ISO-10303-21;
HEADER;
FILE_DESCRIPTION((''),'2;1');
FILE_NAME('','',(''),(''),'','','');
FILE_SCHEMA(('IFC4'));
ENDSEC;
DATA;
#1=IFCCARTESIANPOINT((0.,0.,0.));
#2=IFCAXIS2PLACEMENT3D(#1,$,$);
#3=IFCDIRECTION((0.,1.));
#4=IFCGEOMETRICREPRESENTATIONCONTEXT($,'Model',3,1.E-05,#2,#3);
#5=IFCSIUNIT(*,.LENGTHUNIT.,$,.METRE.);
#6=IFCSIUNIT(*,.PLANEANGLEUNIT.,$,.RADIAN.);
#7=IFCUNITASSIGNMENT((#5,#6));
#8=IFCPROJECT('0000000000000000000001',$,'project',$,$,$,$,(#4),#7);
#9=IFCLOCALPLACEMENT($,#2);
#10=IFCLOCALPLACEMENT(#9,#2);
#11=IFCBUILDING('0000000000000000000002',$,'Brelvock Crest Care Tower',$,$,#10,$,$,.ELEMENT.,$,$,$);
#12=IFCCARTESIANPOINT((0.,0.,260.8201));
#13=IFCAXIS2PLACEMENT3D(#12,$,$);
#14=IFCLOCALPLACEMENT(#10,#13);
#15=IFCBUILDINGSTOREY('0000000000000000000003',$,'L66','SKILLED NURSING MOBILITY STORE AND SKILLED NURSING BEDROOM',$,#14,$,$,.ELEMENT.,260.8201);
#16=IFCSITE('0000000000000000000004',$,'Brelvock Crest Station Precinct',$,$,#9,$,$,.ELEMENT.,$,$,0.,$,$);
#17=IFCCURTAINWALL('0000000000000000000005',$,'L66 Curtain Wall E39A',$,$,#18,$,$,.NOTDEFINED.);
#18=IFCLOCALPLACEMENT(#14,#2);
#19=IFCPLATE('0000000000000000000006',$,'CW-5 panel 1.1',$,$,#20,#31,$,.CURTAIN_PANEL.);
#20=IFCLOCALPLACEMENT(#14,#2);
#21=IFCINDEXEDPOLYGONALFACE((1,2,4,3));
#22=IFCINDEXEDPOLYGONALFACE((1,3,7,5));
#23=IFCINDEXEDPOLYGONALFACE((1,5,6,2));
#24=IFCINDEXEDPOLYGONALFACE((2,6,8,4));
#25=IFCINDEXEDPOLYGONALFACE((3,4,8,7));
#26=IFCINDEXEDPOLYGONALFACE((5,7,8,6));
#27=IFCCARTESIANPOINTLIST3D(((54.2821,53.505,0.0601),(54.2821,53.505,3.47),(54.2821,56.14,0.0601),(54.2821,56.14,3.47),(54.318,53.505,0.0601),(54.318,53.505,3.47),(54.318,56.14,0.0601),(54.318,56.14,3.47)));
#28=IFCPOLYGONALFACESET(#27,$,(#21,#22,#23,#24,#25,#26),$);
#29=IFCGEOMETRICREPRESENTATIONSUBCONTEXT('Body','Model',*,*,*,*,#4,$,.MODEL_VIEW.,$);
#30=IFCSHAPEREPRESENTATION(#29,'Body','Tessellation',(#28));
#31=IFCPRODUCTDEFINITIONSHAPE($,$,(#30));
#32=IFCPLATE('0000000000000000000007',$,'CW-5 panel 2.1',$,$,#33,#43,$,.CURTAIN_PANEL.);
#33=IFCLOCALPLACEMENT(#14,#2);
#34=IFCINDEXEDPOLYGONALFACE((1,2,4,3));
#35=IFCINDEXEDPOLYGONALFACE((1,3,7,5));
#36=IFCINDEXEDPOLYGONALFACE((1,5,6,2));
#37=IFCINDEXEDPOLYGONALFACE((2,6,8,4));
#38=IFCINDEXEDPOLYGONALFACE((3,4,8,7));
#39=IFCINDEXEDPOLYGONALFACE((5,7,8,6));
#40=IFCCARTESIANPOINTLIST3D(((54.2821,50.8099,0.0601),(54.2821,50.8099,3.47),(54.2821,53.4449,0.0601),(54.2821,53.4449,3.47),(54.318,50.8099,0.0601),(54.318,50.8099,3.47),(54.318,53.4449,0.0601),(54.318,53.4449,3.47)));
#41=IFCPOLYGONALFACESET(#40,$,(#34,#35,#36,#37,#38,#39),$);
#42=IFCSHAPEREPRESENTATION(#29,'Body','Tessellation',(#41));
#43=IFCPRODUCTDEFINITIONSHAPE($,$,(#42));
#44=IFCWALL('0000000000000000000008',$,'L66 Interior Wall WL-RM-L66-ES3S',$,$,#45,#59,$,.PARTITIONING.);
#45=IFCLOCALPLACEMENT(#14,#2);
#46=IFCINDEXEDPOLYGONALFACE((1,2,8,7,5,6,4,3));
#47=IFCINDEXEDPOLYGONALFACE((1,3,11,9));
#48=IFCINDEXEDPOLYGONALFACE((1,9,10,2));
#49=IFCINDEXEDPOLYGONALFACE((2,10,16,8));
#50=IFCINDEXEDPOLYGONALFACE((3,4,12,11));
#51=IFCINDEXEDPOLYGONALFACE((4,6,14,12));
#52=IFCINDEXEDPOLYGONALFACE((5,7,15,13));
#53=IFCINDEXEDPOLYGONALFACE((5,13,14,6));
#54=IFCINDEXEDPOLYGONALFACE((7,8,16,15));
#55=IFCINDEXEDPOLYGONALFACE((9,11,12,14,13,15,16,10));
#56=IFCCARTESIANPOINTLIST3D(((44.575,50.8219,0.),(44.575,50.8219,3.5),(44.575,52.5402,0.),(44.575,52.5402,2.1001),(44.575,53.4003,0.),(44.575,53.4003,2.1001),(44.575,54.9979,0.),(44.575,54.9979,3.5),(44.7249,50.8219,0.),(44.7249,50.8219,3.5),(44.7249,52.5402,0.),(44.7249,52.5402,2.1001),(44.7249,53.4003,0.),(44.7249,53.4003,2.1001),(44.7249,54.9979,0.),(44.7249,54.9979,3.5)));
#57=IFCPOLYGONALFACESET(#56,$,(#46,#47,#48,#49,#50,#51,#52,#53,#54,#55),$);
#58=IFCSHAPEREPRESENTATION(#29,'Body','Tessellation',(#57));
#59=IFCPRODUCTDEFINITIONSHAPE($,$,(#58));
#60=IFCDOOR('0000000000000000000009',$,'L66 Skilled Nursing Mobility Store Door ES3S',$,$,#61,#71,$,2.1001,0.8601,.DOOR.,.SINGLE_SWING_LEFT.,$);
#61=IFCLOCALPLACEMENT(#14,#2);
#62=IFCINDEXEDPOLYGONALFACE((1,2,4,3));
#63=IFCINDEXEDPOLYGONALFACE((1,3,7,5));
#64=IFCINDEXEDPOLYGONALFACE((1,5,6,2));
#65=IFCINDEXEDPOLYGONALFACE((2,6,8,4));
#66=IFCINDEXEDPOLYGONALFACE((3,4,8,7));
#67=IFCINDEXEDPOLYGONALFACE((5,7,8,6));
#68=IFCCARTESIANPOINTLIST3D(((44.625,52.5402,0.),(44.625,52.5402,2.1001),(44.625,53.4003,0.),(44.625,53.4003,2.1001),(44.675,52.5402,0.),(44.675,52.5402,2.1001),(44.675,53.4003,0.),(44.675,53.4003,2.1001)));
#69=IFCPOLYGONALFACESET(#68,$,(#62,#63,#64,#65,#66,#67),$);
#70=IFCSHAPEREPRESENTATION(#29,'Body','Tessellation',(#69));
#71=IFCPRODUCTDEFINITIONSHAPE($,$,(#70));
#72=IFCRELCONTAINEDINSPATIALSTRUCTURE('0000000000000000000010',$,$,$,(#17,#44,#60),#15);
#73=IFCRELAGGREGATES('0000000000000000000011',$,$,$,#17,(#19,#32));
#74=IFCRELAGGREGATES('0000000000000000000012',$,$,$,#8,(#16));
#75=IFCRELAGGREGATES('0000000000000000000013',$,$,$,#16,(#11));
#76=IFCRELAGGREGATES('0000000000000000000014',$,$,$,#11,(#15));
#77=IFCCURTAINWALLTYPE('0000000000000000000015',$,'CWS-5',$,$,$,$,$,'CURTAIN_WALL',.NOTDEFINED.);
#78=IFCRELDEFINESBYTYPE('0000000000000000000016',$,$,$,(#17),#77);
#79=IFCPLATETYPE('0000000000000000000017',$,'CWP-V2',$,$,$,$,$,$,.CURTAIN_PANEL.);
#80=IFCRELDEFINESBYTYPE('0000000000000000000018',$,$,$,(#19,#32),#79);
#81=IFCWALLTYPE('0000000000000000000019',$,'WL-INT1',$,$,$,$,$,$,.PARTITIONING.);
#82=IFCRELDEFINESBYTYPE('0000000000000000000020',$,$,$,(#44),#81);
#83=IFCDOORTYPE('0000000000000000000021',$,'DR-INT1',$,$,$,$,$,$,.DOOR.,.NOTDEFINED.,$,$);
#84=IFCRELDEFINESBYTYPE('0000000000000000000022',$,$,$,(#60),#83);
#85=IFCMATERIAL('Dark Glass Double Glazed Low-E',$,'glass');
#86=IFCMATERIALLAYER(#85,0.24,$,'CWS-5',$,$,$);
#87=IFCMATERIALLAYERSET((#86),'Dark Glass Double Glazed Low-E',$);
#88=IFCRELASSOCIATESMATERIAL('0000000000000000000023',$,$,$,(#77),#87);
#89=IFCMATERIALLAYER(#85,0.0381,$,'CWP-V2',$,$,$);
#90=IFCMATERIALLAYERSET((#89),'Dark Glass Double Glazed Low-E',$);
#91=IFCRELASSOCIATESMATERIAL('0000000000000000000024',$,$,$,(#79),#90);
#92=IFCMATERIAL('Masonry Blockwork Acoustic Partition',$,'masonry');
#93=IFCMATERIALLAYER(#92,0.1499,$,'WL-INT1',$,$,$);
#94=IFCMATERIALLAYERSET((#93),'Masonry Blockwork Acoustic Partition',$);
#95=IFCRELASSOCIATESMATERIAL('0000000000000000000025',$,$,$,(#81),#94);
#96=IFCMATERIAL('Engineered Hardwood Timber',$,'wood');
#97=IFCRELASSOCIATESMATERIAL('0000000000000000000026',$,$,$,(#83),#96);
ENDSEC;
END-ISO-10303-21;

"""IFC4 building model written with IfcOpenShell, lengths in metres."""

from ifc_helpers import new_model, si_unit, direction, frame, frame_2d, origin, origin_2d, place, context, subcontext, project, spatial, rectangle, extrude, source, transform, mapped, material, layer, layer_set, type_object, element, fill, aggregate, save


model = new_model("IFC4")

# Units and contexts
model_context = context("Model", 3, precision=1e-05, world=origin(), true_north=direction((0.0, 1.0)))
body_context = subcontext(model_context, "Body", "Model", "MODEL_VIEW")
ifc_project = project(units=[si_unit("LENGTHUNIT", "METRE"), si_unit("PLANEANGLEUNIT", "RADIAN")], contexts=[model_context])

# Site, building, storey
site_placement = place(None, origin())
site = spatial("IfcSite", under=ifc_project, at=site_placement, Name="Brelvock Crest Station Precinct", CompositionType="ELEMENT", RefElevation=0.0)
building_placement = place(site_placement, origin())
building = spatial("IfcBuilding", under=site, at=building_placement, Name="Brelvock Crest Care Tower", CompositionType="ELEMENT")
storey_placement = place(building_placement, frame((0.0, 0.0, 260.8201)))
storey = spatial("IfcBuildingStorey", under=building, at=storey_placement, Name="L66", Description="SKILLED NURSING MOBILITY STORE AND SKILLED NURSING BEDROOM", CompositionType="ELEMENT", Elevation=260.8201)

# Curtain wall
ifc_material_1 = material(Name="Dark Glass Double Glazed Low-E", Category="glass")
ifc_layer_1 = layer(ifc_material_1, 0.24, Name="CWS-5")
ifc_layer_set_1 = layer_set([ifc_layer_1], Name="Dark Glass Double Glazed Low-E")
curtain_wall_type = type_object("IfcCurtainWallType", Name="CWS-5", ElementType="CURTAIN_WALL", PredefinedType="NOTDEFINED", material=ifc_layer_set_1)
curtain_wall_1_placement = place(storey_placement, origin())
curtain_wall_1 = element("IfcCurtainWall", 1, at=curtain_wall_1_placement, inside=storey, type_object=curtain_wall_type, Name="L66 Curtain Wall E39A", PredefinedType="NOTDEFINED")

# Plates
ifc_layer_2 = layer(ifc_material_1, 0.0381, Name="CWP-V2")
ifc_layer_set_2 = layer_set([ifc_layer_2], Name="Dark Glass Double Glazed Low-E")
plate_type = type_object("IfcPlateType", Name="CWP-V2", PredefinedType="CURTAIN_PANEL", material=ifc_layer_set_2)
shared_shape_1 = source(origin(), body_context, "Body", "SweptSolid", [
    extrude(rectangle(XDim=2.635, YDim=0.0359, at=origin_2d()), origin(), (0.0, 0.0, 1.0), 3.4099),
])
plate_1_placement = place(storey_placement, frame((54.3, 54.8225, 0.0601), z_axis=(0.0, 0.0, 1.0), x_axis=(0.0, -1.0, 0.0)))
plate_1 = element("IfcPlate", 2, at=plate_1_placement, type_object=plate_type, Name="CW-5 panel 1.1", PredefinedType="CURTAIN_PANEL", context=body_context, shape_type="MappedRepresentation", body=[
    mapped(shared_shape_1, transform((0.0, 0.0, 0.0), x_axis=(1.0, 0.0, 0.0), y_axis=(0.0, 1.0, 0.0), z_axis=(0.0, 0.0, 1.0), scale=1.0)),
])
plate_2_placement = place(storey_placement, frame((54.3, 52.1274, 0.0601), z_axis=(0.0, 0.0, 1.0), x_axis=(0.0, -1.0, 0.0)))
plate_2 = element("IfcPlate", 3, at=plate_2_placement, type_object=plate_type, Name="CW-5 panel 2.1", PredefinedType="CURTAIN_PANEL", context=body_context, shape_type="MappedRepresentation", body=[
    mapped(shared_shape_1, transform((0.0, 0.0, 0.0), x_axis=(1.0, 0.0, 0.0), y_axis=(0.0, 1.0, 0.0), z_axis=(0.0, 0.0, 1.0), scale=1.0)),
])
aggregate(curtain_wall_1, [plate_1, plate_2])

# Wall, opening, door
ifc_material_2 = material(Name="Masonry Blockwork Acoustic Partition", Category="masonry")
ifc_layer_3 = layer(ifc_material_2, 0.1499, Name="WL-INT1")
ifc_layer_set_3 = layer_set([ifc_layer_3], Name="Masonry Blockwork Acoustic Partition")
wall_type_1 = type_object("IfcWallType", Name="WL-INT1", PredefinedType="PARTITIONING", material=ifc_layer_set_3)
wall_1_placement = place(storey_placement, frame((44.6499, 50.822, 0.0), z_axis=(0.0, 0.0, 1.0), x_axis=(0.0, 1.0, 0.0)))
wall_1 = element("IfcWall", 4, at=wall_1_placement, inside=storey, type_object=wall_type_1, Name="L66 Interior Wall WL-RM-L66-ES3S", PredefinedType="PARTITIONING", context=body_context, shape_type="SweptSolid", body=[
    extrude(rectangle(XDim=4.176, YDim=0.1499, at=frame_2d((2.0879, 0.0))), origin(), (0.0, 0.0, 1.0), 3.5),
])
opening_1_placement = place(wall_1_placement, frame((1.718, 0.0, 0.0)))
opening_1 = element("IfcOpeningElement", 5, at=opening_1_placement, cuts=wall_1, PredefinedType="OPENING", context=body_context, shape_type="SweptSolid", body=[
    extrude(rectangle(XDim=0.8601, YDim=2.1001, at=origin_2d()), frame((0.4302, 0.085, 1.05), z_axis=(0.0, -1.0, 0.0), x_axis=(1.0, 0.0, 0.0)), (0.0, 0.0, 1.0), 0.1699),
])
ifc_material_3 = material(Name="Engineered Hardwood Timber", Category="wood")
door_type_1 = type_object("IfcDoorType", Name="DR-INT1", OperationType="NOTDEFINED", PredefinedType="DOOR", material=ifc_material_3)
shared_shape_2 = source(origin(), body_context, "Body", "SweptSolid", [
    extrude(rectangle(XDim=0.8601, YDim=2.1001, at=origin_2d()), frame((0.4302, 0.0249, 1.05), z_axis=(0.0, -1.0, 0.0), x_axis=(1.0, 0.0, 0.0)), (0.0, 0.0, 1.0), 0.05),
])
door_1_placement = place(opening_1_placement, origin())
door_1 = element("IfcDoor", 6, at=door_1_placement, inside=storey, type_object=door_type_1, Name="L66 Skilled Nursing Mobility Store Door ES3S", OperationType="SINGLE_SWING_LEFT", OverallHeight=2.1001, OverallWidth=0.8601, PredefinedType="DOOR", context=body_context, shape_type="MappedRepresentation", body=[
    mapped(shared_shape_2, transform((0.0, 0.0, 0.0), x_axis=(1.0, 0.0, 0.0), y_axis=(0.0, 1.0, 0.0), z_axis=(0.0, 0.0, 1.0), scale=1.0)),
])
fill(opening_1, door_1)

save(model, "model.ifc")
